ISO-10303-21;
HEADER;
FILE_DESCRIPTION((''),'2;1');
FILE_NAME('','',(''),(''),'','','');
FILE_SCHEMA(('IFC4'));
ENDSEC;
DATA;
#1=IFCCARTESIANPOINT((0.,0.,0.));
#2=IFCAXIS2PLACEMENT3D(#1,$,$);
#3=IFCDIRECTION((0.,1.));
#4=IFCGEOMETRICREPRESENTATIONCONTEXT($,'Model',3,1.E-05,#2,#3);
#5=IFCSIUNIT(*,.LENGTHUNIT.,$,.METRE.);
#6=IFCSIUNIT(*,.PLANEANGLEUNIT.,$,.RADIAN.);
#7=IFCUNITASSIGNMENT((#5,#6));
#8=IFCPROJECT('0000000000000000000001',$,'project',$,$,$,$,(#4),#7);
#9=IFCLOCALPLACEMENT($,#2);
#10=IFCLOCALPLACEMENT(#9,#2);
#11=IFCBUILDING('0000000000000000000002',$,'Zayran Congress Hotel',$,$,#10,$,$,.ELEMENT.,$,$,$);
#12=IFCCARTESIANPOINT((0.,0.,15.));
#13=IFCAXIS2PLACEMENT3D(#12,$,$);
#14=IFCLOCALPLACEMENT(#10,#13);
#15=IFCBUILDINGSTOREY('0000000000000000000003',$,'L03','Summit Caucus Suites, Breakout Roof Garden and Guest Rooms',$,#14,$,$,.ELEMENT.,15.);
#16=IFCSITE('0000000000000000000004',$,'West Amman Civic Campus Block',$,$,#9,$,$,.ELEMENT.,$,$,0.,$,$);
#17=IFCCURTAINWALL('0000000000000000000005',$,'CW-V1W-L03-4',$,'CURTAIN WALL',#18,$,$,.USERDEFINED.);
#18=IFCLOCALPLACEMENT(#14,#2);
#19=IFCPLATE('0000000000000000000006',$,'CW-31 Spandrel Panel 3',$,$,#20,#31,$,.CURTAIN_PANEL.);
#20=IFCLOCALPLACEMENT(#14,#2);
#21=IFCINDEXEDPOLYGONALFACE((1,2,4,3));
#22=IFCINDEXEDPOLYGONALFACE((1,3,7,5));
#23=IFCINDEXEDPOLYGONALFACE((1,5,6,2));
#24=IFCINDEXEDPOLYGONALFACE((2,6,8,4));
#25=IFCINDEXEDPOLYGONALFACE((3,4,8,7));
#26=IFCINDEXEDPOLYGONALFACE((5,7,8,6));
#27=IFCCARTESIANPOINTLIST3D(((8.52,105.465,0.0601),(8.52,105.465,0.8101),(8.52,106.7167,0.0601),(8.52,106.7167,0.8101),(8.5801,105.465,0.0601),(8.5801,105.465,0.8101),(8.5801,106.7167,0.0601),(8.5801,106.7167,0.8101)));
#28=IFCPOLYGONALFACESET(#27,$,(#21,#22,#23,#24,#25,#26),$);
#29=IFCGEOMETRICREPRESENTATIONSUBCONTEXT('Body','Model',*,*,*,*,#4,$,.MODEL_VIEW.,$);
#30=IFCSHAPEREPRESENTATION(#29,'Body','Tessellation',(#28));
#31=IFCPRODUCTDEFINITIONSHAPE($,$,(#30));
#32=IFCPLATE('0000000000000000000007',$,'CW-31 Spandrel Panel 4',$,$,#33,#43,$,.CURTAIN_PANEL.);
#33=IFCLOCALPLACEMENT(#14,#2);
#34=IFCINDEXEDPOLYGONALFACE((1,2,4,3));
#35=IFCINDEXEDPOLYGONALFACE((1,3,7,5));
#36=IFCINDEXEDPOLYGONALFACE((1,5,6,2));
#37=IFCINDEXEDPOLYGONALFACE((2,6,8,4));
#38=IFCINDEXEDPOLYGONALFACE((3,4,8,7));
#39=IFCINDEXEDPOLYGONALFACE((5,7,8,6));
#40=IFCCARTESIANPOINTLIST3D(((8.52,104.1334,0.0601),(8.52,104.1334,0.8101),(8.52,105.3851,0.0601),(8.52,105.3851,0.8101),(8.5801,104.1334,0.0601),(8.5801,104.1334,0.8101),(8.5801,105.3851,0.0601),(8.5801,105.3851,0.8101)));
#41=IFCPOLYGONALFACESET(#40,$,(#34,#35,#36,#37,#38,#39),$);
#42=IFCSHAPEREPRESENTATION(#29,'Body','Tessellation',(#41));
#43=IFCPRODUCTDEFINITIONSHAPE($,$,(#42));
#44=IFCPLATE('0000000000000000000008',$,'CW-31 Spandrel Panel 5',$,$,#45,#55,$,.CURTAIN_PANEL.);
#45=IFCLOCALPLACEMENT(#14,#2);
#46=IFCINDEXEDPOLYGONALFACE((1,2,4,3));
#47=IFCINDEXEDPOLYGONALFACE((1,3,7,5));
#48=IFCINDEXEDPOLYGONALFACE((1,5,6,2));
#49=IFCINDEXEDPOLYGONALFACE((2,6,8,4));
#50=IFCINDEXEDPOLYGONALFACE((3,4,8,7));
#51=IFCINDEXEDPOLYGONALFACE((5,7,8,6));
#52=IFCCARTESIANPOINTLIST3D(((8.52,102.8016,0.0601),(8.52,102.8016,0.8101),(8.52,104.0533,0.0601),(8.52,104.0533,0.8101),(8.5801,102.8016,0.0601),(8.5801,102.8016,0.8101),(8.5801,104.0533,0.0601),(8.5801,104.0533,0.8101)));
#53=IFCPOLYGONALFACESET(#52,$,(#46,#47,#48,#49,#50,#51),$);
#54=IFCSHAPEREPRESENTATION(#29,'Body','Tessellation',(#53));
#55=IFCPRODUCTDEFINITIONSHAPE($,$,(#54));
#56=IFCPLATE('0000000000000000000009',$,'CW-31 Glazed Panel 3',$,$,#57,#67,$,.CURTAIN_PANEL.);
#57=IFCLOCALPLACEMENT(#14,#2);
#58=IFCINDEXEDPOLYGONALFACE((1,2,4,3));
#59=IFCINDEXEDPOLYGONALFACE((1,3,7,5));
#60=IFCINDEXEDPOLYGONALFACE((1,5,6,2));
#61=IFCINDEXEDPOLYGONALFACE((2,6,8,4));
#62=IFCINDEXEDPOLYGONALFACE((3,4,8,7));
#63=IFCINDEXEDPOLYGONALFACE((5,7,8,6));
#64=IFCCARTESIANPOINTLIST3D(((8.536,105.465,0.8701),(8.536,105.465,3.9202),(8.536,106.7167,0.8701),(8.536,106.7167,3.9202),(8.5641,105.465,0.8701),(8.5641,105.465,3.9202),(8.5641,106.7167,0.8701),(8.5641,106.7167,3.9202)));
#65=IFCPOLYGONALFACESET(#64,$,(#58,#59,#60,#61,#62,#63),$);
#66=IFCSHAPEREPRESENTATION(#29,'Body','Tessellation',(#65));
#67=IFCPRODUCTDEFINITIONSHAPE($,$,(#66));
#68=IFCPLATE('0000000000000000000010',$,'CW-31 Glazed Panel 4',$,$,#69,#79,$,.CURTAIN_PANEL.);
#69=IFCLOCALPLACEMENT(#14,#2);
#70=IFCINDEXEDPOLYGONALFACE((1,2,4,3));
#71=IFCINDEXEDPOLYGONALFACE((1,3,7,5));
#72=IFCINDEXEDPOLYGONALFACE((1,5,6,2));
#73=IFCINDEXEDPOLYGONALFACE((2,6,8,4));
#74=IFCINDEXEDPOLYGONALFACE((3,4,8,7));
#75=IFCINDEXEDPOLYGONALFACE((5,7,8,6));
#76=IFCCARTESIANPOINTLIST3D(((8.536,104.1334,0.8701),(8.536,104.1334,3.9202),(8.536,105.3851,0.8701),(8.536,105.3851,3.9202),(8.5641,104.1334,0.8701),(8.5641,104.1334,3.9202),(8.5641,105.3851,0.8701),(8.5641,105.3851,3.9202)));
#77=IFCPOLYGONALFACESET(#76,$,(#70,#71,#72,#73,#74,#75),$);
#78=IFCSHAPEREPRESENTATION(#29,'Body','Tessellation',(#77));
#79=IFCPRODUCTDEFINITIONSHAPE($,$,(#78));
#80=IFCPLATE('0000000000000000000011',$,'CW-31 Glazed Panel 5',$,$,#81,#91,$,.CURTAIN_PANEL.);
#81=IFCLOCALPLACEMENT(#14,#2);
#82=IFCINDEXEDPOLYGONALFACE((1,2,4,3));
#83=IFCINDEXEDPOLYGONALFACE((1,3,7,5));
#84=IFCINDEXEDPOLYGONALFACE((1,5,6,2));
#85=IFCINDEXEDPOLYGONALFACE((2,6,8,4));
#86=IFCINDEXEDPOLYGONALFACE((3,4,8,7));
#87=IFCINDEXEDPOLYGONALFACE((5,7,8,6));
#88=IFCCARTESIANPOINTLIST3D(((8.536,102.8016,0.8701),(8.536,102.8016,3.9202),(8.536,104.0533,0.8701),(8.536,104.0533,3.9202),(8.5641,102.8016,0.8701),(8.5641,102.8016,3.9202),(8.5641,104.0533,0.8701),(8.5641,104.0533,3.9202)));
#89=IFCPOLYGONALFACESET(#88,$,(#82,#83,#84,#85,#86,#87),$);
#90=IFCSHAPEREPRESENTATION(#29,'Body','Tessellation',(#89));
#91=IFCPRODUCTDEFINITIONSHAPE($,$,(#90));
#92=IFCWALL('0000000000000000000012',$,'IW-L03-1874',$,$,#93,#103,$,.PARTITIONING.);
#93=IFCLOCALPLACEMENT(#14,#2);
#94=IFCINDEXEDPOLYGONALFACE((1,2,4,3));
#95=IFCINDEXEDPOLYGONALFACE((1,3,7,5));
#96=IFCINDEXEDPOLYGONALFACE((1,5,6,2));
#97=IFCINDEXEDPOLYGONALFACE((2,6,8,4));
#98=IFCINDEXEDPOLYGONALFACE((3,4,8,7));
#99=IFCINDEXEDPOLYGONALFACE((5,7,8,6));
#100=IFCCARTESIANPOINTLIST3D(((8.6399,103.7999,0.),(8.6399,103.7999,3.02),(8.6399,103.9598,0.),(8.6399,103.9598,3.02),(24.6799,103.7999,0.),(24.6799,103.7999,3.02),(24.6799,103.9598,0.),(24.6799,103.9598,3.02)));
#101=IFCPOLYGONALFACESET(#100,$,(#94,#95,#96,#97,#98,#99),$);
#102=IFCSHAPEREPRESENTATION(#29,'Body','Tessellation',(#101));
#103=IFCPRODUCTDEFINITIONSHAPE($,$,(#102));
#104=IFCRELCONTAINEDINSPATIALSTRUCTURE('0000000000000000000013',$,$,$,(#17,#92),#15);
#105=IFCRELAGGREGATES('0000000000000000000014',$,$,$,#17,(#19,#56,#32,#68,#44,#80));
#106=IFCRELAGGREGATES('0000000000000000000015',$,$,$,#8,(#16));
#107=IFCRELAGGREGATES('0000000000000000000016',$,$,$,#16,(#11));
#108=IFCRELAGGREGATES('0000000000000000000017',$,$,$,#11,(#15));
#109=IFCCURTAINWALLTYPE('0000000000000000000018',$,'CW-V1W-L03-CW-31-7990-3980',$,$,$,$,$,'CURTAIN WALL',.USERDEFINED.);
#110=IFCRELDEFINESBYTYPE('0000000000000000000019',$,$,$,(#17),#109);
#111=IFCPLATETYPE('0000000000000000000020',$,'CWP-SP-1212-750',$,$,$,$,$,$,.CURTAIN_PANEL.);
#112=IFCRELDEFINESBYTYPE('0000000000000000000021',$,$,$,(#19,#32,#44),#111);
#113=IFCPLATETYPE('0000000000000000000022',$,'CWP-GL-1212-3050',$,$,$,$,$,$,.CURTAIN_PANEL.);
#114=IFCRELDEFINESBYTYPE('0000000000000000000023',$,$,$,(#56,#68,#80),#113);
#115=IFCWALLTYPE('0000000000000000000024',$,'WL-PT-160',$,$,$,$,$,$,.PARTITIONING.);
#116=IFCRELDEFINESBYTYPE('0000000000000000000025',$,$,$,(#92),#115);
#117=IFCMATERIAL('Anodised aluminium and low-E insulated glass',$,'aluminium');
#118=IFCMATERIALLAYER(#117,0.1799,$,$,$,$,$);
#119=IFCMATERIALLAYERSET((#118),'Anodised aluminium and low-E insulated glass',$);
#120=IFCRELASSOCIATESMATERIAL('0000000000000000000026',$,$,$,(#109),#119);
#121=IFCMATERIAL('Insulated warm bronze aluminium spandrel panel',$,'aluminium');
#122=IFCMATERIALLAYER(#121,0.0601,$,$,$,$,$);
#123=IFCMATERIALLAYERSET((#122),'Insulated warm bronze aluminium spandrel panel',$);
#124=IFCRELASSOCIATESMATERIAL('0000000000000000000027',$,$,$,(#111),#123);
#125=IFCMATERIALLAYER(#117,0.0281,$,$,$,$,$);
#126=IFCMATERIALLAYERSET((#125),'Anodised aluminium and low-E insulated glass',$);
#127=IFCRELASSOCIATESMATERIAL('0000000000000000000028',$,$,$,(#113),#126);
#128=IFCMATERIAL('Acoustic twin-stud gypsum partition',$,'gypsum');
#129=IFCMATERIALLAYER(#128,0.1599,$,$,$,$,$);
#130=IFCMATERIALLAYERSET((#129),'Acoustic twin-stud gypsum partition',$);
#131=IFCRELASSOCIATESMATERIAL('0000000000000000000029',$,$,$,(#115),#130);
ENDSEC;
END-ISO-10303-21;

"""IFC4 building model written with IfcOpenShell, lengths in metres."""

from ifc_helpers import new_model, si_unit, direction, frame, frame_2d, origin, origin_2d, place, context, subcontext, project, spatial, rectangle, extrude, material, layer, layer_set, type_object, element, aggregate, save


model = new_model("IFC4")

# Units and contexts
model_context = context("Model", 3, precision=1e-05, world=origin(), true_north=direction((0.0, 1.0)))
body_context = subcontext(model_context, "Body", "Model", "MODEL_VIEW")
ifc_project = project(units=[si_unit("LENGTHUNIT", "METRE"), si_unit("PLANEANGLEUNIT", "RADIAN")], contexts=[model_context])

# Site, building, storey
site_placement = place(None, origin())
site = spatial("IfcSite", under=ifc_project, at=site_placement, Name="West Amman Civic Campus Block", CompositionType="ELEMENT", RefElevation=0.0)
building_placement = place(site_placement, origin())
building = spatial("IfcBuilding", under=site, at=building_placement, Name="Zayran Congress Hotel", CompositionType="ELEMENT")
storey_placement = place(building_placement, frame((0.0, 0.0, 15.0)))
storey = spatial("IfcBuildingStorey", under=building, at=storey_placement, Name="L03", Description="Summit Caucus Suites, Breakout Roof Garden and Guest Rooms", CompositionType="ELEMENT", Elevation=15.0)

# Curtain wall, plates
ifc_material_1 = material(Name="Anodised aluminium and low-E insulated glass", Category="aluminium")
ifc_layer_1 = layer(ifc_material_1, 0.1799)
ifc_layer_set_1 = layer_set([ifc_layer_1], Name="Anodised aluminium and low-E insulated glass")
curtain_wall_type = type_object("IfcCurtainWallType", Name="CW-V1W-L03-CW-31-7990-3980", ElementType="CURTAIN WALL", PredefinedType="USERDEFINED", material=ifc_layer_set_1)
curtain_wall_placement = place(storey_placement, origin())
curtain_wall = element("IfcCurtainWall", 1, at=curtain_wall_placement, inside=storey, type_object=curtain_wall_type, Name="CW-V1W-L03-4", ObjectType="CURTAIN WALL", PredefinedType="USERDEFINED")
ifc_material_2 = material(Name="Insulated warm bronze aluminium spandrel panel", Category="aluminium")
ifc_layer_2 = layer(ifc_material_2, 0.0601)
ifc_layer_set_2 = layer_set([ifc_layer_2], Name="Insulated warm bronze aluminium spandrel panel")
plate_type_1 = type_object("IfcPlateType", Name="CWP-SP-1212-750", PredefinedType="CURTAIN_PANEL", material=ifc_layer_set_2)
plate_1_placement = place(storey_placement, frame((8.55, 106.0908, 0.0601), z_axis=(0.0, 0.0, 1.0), x_axis=(0.0, 1.0, 0.0)))
plate_1 = element("IfcPlate", 2, at=plate_1_placement, type_object=plate_type_1, Name="CW-31 Spandrel Panel 3", PredefinedType="CURTAIN_PANEL", context=body_context, shape_type="SweptSolid", body=[
    extrude(rectangle(XDim=1.2517, YDim=0.0601, at=origin_2d()), origin(), (0.0, 0.0, 1.0), 0.75),
])
plate_2_placement = place(storey_placement, frame((8.55, 104.7593, 0.0601), z_axis=(0.0, 0.0, 1.0), x_axis=(0.0, 1.0, 0.0)))
plate_2 = element("IfcPlate", 3, at=plate_2_placement, type_object=plate_type_1, Name="CW-31 Spandrel Panel 4", PredefinedType="CURTAIN_PANEL", context=body_context, shape_type="SweptSolid", body=[
    extrude(rectangle(XDim=1.2517, YDim=0.0601, at=origin_2d()), origin(), (0.0, 0.0, 1.0), 0.75),
])
plate_3_placement = place(storey_placement, frame((8.55, 103.4275, 0.0601), z_axis=(0.0, 0.0, 1.0), x_axis=(0.0, 1.0, 0.0)))
plate_3 = element("IfcPlate", 4, at=plate_3_placement, type_object=plate_type_1, Name="CW-31 Spandrel Panel 5", PredefinedType="CURTAIN_PANEL", context=body_context, shape_type="SweptSolid", body=[
    extrude(rectangle(XDim=1.2517, YDim=0.0601, at=origin_2d()), origin(), (0.0, 0.0, 1.0), 0.75),
])
ifc_layer_3 = layer(ifc_material_1, 0.0281)
ifc_layer_set_3 = layer_set([ifc_layer_3], Name="Anodised aluminium and low-E insulated glass")
plate_type_2 = type_object("IfcPlateType", Name="CWP-GL-1212-3050", PredefinedType="CURTAIN_PANEL", material=ifc_layer_set_3)
plate_4_placement = place(storey_placement, frame((8.55, 106.0908, 0.8701), z_axis=(0.0, 0.0, 1.0), x_axis=(0.0, 1.0, 0.0)))
plate_4 = element("IfcPlate", 5, at=plate_4_placement, type_object=plate_type_2, Name="CW-31 Glazed Panel 3", PredefinedType="CURTAIN_PANEL", context=body_context, shape_type="SweptSolid", body=[
    extrude(rectangle(XDim=1.2517, YDim=0.0281, at=origin_2d()), origin(), (0.0, 0.0, 1.0), 3.05),
])
plate_5_placement = place(storey_placement, frame((8.55, 104.7593, 0.8701), z_axis=(0.0, 0.0, 1.0), x_axis=(0.0, 1.0, 0.0)))
plate_5 = element("IfcPlate", 6, at=plate_5_placement, type_object=plate_type_2, Name="CW-31 Glazed Panel 4", PredefinedType="CURTAIN_PANEL", context=body_context, shape_type="SweptSolid", body=[
    extrude(rectangle(XDim=1.2517, YDim=0.0281, at=origin_2d()), origin(), (0.0, 0.0, 1.0), 3.05),
])
plate_6_placement = place(storey_placement, frame((8.55, 103.4275, 0.8701), z_axis=(0.0, 0.0, 1.0), x_axis=(0.0, 1.0, 0.0)))
plate_6 = element("IfcPlate", 7, at=plate_6_placement, type_object=plate_type_2, Name="CW-31 Glazed Panel 5", PredefinedType="CURTAIN_PANEL", context=body_context, shape_type="SweptSolid", body=[
    extrude(rectangle(XDim=1.2517, YDim=0.0281, at=origin_2d()), origin(), (0.0, 0.0, 1.0), 3.05),
])
aggregate(curtain_wall, [plate_1, plate_4, plate_2, plate_5, plate_3, plate_6])

# Wall
ifc_material_3 = material(Name="Acoustic twin-stud gypsum partition", Category="gypsum")
ifc_layer_4 = layer(ifc_material_3, 0.1599)
ifc_layer_set_4 = layer_set([ifc_layer_4], Name="Acoustic twin-stud gypsum partition")
wall_type = type_object("IfcWallType", Name="WL-PT-160", PredefinedType="PARTITIONING", material=ifc_layer_set_4)
wall_placement = place(storey_placement, frame((8.6399, 103.8799, 0.0), z_axis=(0.0, 0.0, 1.0), x_axis=(1.0, 0.0, 0.0)))
element("IfcWall", 8, at=wall_placement, inside=storey, type_object=wall_type, Name="IW-L03-1874", PredefinedType="PARTITIONING", context=body_context, shape_type="SweptSolid", body=[
    extrude(rectangle(XDim=16.04, YDim=0.1599, at=frame_2d((8.02, 0.0))), origin(), (0.0, 0.0, 1.0), 3.02),
])

save(model, "model.ifc")
